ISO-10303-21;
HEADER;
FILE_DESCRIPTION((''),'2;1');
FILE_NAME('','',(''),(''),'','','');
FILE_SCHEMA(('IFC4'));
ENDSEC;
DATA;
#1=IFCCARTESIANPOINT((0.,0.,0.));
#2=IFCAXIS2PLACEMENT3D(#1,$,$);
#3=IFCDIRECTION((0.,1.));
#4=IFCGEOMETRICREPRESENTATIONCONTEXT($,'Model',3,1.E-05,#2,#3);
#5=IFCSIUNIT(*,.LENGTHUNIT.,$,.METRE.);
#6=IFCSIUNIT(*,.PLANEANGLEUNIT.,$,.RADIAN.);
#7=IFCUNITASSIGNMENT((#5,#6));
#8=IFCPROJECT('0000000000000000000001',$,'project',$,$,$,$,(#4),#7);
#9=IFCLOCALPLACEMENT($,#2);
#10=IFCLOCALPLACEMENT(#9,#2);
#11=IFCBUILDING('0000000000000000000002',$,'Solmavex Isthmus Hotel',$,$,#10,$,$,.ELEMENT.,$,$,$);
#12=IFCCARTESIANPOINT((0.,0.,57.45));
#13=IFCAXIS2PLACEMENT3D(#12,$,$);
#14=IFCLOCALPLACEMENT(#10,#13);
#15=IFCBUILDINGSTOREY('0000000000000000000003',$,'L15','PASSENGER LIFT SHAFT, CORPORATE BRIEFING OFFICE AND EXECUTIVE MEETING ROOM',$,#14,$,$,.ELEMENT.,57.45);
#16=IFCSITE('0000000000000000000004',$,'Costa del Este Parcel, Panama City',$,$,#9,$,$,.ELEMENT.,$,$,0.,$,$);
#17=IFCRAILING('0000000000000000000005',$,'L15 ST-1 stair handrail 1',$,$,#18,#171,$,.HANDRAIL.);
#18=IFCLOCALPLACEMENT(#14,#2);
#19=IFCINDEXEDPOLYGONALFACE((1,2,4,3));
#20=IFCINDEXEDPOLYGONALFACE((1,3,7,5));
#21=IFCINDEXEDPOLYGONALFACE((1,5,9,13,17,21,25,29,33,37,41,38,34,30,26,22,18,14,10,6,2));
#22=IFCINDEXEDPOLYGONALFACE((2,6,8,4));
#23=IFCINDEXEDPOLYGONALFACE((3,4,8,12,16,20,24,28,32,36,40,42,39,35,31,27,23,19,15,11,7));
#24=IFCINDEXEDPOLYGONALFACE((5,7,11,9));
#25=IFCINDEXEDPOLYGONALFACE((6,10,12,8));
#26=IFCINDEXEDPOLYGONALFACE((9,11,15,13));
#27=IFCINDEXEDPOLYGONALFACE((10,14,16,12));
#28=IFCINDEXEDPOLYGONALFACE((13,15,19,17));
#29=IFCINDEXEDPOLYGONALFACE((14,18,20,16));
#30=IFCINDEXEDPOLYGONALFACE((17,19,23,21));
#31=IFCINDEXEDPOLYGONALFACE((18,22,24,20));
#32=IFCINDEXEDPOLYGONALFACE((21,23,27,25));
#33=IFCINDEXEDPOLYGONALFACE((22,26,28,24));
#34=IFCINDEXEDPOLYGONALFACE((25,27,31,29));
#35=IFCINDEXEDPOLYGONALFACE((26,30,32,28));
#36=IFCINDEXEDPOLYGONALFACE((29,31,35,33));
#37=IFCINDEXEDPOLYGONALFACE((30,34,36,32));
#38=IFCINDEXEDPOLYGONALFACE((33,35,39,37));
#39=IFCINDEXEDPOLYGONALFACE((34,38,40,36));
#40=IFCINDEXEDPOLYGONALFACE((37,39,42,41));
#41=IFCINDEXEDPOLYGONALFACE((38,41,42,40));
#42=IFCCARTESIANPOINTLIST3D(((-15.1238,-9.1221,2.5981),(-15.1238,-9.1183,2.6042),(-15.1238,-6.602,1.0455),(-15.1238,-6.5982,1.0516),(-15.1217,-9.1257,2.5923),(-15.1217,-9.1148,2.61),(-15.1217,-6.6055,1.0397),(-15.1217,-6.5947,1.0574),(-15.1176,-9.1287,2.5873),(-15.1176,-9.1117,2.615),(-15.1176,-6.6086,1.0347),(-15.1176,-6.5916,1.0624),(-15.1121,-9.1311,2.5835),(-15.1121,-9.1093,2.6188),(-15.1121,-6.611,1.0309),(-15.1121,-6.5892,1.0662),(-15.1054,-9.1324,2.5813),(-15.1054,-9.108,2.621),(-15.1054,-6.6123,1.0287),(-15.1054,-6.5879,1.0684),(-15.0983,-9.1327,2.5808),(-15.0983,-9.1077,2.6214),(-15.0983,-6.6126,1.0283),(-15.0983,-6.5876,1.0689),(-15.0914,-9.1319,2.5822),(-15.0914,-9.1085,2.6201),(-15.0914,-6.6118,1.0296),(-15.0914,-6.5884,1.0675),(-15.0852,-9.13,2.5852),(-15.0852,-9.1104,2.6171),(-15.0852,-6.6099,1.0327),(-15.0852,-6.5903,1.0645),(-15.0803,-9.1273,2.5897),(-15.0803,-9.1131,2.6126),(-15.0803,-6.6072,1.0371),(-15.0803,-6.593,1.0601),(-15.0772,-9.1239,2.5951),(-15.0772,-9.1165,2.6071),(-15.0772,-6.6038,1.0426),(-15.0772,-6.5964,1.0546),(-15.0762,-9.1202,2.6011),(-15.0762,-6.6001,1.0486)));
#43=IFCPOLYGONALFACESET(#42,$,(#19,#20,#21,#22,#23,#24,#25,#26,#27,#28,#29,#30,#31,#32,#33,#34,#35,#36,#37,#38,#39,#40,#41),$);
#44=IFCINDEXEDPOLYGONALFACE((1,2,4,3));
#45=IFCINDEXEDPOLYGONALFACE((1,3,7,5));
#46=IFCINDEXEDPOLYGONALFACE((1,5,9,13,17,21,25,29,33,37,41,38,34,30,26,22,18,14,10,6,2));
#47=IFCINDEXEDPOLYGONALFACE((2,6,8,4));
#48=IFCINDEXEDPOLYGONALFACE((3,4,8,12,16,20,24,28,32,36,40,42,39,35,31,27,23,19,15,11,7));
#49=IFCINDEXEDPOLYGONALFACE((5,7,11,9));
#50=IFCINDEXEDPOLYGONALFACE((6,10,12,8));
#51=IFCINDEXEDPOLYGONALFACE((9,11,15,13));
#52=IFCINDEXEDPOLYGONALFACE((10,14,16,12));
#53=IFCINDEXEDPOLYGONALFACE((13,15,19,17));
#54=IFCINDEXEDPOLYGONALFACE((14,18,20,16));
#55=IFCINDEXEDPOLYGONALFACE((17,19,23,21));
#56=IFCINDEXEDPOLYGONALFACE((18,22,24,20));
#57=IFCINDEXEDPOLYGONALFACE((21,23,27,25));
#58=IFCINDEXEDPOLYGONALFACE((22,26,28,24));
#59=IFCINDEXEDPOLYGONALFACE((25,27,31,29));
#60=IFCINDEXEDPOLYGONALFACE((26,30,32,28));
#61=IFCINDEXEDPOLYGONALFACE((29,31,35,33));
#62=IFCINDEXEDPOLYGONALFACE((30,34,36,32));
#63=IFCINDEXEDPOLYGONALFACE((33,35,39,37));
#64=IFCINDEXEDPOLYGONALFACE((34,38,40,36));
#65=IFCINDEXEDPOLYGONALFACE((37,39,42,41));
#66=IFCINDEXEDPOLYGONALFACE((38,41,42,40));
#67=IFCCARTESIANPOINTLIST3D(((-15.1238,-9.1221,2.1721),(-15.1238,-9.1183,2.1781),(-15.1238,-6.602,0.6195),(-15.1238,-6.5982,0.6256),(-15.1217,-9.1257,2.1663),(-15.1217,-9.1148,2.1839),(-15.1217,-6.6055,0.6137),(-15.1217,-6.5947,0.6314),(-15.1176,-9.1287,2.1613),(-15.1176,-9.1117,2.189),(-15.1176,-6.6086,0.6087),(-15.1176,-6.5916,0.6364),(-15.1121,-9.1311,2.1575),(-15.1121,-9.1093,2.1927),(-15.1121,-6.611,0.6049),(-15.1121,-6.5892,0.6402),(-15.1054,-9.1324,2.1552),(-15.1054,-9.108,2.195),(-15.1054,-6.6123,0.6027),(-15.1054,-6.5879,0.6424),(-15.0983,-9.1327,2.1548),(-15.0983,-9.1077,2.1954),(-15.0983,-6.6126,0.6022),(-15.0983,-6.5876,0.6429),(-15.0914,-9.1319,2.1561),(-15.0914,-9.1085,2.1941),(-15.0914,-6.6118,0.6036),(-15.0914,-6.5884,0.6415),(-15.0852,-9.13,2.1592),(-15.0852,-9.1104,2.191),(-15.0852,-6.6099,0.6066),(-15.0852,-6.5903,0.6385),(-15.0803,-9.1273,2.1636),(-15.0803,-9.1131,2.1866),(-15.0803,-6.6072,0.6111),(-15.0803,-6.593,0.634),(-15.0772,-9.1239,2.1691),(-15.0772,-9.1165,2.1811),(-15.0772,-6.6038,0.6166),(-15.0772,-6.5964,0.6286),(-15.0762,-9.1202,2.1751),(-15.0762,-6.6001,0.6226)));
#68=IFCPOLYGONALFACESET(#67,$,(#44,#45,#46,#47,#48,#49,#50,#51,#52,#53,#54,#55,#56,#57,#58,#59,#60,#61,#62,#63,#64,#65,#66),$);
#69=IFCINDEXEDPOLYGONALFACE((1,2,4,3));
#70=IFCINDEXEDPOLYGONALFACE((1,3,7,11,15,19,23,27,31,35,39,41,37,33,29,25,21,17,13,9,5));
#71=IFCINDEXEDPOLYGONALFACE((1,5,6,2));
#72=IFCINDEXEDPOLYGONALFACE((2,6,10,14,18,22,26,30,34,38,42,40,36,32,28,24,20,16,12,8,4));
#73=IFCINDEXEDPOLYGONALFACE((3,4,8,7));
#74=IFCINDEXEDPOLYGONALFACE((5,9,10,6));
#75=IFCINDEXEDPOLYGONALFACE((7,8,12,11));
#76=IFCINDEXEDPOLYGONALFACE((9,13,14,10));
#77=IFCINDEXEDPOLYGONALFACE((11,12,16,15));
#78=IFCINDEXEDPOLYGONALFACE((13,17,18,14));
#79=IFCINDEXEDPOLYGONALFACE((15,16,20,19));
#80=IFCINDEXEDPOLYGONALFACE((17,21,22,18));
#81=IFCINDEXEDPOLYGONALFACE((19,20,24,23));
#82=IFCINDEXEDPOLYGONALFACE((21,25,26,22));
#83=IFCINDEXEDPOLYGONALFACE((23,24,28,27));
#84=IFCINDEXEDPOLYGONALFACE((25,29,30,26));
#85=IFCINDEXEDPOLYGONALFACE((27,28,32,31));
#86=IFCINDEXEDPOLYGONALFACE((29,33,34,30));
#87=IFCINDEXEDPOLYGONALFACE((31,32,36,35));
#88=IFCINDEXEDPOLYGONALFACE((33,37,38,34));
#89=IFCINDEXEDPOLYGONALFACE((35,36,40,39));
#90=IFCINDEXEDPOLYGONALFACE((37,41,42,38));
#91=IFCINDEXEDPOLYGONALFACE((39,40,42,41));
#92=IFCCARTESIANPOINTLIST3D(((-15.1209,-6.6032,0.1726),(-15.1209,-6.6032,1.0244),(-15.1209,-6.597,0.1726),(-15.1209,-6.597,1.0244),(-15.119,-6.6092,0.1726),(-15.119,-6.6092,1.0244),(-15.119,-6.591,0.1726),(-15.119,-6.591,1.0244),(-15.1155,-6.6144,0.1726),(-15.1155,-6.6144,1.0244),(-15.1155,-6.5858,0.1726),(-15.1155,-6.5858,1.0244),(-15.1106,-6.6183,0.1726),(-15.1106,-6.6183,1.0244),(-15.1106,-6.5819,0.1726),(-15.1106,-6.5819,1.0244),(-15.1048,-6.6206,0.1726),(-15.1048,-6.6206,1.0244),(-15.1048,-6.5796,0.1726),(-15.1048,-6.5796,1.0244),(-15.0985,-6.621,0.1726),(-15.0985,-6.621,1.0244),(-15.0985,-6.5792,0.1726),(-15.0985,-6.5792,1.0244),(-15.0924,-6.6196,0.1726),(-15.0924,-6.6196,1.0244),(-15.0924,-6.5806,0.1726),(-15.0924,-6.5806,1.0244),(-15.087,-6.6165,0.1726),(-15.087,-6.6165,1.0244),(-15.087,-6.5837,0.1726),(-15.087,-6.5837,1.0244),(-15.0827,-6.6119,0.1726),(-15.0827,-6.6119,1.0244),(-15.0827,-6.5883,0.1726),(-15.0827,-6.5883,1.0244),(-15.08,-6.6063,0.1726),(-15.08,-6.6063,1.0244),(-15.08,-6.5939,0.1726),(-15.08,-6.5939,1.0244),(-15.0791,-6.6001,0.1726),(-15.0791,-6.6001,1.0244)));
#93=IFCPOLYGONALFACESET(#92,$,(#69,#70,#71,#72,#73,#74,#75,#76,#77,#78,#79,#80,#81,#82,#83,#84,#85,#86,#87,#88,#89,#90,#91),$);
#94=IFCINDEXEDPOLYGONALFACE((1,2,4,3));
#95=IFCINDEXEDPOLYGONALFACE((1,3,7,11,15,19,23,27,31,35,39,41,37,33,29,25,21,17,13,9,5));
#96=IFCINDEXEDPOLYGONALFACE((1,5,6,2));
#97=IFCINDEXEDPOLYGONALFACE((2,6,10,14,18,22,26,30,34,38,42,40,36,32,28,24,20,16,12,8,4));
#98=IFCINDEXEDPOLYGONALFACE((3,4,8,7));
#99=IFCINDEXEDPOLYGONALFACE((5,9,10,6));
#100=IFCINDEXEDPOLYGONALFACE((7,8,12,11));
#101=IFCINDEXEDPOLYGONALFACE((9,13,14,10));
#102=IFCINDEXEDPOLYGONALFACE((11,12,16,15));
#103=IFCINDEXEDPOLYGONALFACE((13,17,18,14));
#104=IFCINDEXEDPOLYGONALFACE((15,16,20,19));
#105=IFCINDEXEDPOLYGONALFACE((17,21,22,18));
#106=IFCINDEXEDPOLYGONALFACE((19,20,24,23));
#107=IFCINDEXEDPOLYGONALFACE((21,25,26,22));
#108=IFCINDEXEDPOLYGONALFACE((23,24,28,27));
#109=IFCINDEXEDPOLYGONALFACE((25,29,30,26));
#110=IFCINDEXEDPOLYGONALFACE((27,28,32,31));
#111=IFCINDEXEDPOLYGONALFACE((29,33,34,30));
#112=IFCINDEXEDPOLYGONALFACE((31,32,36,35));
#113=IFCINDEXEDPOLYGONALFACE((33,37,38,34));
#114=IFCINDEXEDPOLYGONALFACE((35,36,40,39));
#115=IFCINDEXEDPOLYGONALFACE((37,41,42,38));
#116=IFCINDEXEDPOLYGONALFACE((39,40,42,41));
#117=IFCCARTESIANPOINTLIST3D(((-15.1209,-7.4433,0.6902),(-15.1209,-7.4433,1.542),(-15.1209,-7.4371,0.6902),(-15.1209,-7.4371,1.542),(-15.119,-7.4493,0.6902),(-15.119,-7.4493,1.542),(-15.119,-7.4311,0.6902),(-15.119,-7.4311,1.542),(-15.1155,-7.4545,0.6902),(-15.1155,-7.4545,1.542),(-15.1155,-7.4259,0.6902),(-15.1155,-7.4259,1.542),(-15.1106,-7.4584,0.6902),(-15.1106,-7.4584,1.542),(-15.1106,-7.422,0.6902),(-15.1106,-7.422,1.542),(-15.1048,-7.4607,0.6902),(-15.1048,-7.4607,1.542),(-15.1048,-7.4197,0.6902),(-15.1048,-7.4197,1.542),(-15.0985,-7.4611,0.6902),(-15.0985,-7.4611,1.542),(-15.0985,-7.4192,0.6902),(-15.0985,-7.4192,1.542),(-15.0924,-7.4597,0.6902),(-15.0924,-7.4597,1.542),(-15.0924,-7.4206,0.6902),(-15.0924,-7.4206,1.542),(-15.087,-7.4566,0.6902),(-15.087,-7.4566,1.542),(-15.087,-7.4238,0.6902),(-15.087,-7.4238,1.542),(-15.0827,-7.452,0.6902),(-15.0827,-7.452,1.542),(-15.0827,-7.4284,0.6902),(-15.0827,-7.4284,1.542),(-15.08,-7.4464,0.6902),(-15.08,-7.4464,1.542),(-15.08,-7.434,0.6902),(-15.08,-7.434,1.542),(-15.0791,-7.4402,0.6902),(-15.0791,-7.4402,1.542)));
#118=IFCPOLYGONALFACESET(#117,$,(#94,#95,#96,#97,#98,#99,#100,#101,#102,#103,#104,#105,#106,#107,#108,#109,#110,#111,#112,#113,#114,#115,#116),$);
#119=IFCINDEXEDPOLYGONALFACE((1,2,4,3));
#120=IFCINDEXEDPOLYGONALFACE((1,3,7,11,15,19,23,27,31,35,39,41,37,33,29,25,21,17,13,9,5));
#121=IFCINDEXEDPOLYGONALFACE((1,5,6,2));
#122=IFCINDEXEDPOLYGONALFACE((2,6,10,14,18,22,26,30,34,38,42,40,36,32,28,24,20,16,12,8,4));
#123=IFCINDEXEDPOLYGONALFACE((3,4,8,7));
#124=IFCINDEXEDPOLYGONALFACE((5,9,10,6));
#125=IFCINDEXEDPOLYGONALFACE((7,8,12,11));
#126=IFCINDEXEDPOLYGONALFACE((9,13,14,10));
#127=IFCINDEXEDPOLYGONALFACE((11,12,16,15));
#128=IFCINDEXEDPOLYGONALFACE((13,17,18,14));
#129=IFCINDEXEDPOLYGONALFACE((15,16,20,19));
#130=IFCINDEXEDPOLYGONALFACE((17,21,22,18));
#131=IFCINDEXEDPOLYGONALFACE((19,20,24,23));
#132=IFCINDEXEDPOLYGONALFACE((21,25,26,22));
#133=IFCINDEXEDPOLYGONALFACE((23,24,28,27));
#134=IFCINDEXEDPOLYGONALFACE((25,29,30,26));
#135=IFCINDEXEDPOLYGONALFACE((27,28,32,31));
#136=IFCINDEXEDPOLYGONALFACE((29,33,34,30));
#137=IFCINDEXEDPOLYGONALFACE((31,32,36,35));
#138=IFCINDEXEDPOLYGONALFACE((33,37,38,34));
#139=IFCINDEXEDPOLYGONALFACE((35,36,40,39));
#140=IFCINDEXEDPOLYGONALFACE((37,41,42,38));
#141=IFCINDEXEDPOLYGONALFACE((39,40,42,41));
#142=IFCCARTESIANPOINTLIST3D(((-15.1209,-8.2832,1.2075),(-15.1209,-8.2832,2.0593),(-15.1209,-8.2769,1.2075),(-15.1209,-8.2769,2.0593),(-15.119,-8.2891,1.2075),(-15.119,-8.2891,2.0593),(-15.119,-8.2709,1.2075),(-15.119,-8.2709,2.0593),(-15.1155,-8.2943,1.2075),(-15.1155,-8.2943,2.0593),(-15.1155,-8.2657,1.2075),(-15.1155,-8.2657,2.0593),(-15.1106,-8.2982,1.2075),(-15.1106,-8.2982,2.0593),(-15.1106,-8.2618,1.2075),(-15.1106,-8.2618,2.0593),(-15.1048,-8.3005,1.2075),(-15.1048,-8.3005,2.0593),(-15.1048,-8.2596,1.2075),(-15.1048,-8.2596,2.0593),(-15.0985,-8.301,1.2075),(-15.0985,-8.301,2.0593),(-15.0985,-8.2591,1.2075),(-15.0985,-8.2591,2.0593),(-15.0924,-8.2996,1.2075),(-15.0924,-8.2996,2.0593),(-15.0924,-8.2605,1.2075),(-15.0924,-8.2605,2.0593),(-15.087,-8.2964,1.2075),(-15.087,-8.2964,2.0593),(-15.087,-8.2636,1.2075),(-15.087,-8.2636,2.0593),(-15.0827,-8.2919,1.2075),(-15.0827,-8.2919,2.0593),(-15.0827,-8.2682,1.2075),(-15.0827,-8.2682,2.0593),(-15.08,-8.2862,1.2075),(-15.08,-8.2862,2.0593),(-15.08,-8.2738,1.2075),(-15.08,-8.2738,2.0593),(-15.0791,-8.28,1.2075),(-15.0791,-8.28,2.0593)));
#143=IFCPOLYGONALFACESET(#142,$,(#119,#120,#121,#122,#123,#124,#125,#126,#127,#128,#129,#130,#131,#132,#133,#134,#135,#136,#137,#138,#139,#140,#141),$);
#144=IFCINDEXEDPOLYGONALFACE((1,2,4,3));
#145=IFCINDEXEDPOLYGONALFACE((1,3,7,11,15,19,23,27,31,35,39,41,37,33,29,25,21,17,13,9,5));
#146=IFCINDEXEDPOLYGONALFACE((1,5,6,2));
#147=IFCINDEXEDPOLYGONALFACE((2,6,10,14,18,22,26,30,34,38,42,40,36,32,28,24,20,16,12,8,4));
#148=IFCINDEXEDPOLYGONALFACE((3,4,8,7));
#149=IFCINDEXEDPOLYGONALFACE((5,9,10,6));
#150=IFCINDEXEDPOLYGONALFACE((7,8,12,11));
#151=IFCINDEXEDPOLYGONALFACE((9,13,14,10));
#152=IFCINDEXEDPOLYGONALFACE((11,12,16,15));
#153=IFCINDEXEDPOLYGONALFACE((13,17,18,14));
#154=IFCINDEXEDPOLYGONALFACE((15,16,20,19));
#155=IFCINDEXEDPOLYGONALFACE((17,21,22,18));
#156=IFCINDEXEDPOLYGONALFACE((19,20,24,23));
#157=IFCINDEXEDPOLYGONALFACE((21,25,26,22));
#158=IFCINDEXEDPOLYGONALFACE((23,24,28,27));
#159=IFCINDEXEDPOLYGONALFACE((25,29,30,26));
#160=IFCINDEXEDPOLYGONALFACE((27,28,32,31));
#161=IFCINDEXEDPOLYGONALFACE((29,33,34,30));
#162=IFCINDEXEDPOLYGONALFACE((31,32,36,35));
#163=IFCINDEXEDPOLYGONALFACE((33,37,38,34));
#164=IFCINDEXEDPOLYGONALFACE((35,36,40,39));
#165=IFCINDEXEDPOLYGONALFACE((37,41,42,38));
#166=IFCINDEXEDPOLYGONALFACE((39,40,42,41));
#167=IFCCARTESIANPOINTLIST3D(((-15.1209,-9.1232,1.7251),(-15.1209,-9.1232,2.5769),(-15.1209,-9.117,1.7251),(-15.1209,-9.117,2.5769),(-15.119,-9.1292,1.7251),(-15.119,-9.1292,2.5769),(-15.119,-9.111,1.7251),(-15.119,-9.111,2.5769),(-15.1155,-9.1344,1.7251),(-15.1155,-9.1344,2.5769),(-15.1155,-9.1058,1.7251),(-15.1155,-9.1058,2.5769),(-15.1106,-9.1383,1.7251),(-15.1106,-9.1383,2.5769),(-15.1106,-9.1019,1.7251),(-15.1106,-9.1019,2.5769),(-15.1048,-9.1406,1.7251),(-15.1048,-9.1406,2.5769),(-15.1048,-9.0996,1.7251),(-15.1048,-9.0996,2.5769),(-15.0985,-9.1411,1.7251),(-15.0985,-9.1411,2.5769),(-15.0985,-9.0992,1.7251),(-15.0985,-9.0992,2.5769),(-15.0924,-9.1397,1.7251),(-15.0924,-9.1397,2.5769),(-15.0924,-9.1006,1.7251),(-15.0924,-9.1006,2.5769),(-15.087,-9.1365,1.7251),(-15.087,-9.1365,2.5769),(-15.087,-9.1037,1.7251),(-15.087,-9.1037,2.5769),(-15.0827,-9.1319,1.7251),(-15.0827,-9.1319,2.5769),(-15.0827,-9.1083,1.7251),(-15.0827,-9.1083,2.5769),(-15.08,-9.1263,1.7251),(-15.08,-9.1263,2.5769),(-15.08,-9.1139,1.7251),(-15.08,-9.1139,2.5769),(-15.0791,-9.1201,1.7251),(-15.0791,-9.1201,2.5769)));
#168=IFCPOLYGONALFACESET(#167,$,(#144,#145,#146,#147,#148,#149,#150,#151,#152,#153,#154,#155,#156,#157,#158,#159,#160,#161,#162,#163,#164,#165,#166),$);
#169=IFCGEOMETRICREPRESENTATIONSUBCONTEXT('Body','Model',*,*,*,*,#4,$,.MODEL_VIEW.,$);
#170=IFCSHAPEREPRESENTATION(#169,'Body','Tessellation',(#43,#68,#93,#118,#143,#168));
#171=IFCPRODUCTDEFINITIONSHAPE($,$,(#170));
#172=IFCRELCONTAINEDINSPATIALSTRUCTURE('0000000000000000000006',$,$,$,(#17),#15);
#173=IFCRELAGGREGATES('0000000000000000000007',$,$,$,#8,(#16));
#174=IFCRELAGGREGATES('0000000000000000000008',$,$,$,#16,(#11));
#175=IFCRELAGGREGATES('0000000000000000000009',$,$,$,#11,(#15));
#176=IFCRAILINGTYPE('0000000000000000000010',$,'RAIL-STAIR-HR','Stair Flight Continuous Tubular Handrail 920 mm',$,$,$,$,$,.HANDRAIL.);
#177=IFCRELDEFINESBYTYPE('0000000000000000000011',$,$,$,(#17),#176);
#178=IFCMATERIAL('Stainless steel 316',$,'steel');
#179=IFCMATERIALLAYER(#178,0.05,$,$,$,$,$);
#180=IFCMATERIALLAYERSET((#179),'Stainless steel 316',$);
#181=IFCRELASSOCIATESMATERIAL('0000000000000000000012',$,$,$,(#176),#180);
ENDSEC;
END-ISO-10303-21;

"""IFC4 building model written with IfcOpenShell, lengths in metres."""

from ifc_helpers import new_model, si_unit, direction, frame, origin, origin_2d, place, context, subcontext, project, spatial, circle, extrude, material, layer, layer_set, type_object, element, save


model = new_model("IFC4")

# Units and contexts
model_context = context("Model", 3, precision=1e-05, world=origin(), true_north=direction((0.0, 1.0)))
body_context = subcontext(model_context, "Body", "Model", "MODEL_VIEW")
ifc_project = project(units=[si_unit("LENGTHUNIT", "METRE"), si_unit("PLANEANGLEUNIT", "RADIAN")], contexts=[model_context])

# Site, building, storey
site_placement = place(None, origin())
site = spatial("IfcSite", under=ifc_project, at=site_placement, Name="Costa del Este Parcel, Panama City", CompositionType="ELEMENT", RefElevation=0.0)
building_placement = place(site_placement, origin())
building = spatial("IfcBuilding", under=site, at=building_placement, Name="Solmavex Isthmus Hotel", CompositionType="ELEMENT")
storey_placement = place(building_placement, frame((0.0, 0.0, 57.45)))
storey = spatial("IfcBuildingStorey", under=building, at=storey_placement, Name="L15", Description="PASSENGER LIFT SHAFT, CORPORATE BRIEFING OFFICE AND EXECUTIVE MEETING ROOM", CompositionType="ELEMENT", Elevation=57.45)

# Shared definitions
ifc_material_1 = material(Name="Stainless steel 316", Category="steel")

# Railing
ifc_layer_1 = layer(ifc_material_1, 0.05)
ifc_layer_set_1 = layer_set([ifc_layer_1], Name="Stainless steel 316")
railing_type_1 = type_object("IfcRailingType", Name="RAIL-STAIR-HR", Description="Stair Flight Continuous Tubular Handrail 920 mm", PredefinedType="HANDRAIL", material=ifc_layer_set_1)
railing_1_placement = place(storey_placement, frame((-15.1001, -6.6001, 0.1726)))
element("IfcRailing", 1, at=railing_1_placement, inside=storey, type_object=railing_type_1, Name="L15 ST-1 stair handrail 1", PredefinedType="HANDRAIL", context=body_context, shape_type="SweptSolid", body=[
    extrude(circle(Radius=0.0239, at=origin_2d()), frame((0.0, 0.0, 0.876), z_axis=(0.0, -0.8514, 0.524516), x_axis=(1.0, 0.0, 0.0)), (0.0, 0.0, 1.0), 2.96),
    extrude(circle(Radius=0.0239, at=origin_2d()), frame((0.0, 0.0, 0.45), z_axis=(0.0, -0.8514, 0.524516), x_axis=(1.0, 0.0, 0.0)), (0.0, 0.0, 1.0), 2.96),
    extrude(circle(Radius=0.021, at=origin_2d()), origin(), (0.0, 0.0, 1.0), 0.8518),
    extrude(circle(Radius=0.021, at=origin_2d()), frame((0.0, -0.8401, 0.5176)), (0.0, 0.0, 1.0), 0.8518),
    extrude(circle(Radius=0.021, at=origin_2d()), frame((0.0, -1.6799, 1.0349)), (0.0, 0.0, 1.0), 0.8518),
    extrude(circle(Radius=0.021, at=origin_2d()), frame((0.0, -2.52, 1.5525)), (0.0, 0.0, 1.0), 0.8518),
])

save(model, "model.ifc")
